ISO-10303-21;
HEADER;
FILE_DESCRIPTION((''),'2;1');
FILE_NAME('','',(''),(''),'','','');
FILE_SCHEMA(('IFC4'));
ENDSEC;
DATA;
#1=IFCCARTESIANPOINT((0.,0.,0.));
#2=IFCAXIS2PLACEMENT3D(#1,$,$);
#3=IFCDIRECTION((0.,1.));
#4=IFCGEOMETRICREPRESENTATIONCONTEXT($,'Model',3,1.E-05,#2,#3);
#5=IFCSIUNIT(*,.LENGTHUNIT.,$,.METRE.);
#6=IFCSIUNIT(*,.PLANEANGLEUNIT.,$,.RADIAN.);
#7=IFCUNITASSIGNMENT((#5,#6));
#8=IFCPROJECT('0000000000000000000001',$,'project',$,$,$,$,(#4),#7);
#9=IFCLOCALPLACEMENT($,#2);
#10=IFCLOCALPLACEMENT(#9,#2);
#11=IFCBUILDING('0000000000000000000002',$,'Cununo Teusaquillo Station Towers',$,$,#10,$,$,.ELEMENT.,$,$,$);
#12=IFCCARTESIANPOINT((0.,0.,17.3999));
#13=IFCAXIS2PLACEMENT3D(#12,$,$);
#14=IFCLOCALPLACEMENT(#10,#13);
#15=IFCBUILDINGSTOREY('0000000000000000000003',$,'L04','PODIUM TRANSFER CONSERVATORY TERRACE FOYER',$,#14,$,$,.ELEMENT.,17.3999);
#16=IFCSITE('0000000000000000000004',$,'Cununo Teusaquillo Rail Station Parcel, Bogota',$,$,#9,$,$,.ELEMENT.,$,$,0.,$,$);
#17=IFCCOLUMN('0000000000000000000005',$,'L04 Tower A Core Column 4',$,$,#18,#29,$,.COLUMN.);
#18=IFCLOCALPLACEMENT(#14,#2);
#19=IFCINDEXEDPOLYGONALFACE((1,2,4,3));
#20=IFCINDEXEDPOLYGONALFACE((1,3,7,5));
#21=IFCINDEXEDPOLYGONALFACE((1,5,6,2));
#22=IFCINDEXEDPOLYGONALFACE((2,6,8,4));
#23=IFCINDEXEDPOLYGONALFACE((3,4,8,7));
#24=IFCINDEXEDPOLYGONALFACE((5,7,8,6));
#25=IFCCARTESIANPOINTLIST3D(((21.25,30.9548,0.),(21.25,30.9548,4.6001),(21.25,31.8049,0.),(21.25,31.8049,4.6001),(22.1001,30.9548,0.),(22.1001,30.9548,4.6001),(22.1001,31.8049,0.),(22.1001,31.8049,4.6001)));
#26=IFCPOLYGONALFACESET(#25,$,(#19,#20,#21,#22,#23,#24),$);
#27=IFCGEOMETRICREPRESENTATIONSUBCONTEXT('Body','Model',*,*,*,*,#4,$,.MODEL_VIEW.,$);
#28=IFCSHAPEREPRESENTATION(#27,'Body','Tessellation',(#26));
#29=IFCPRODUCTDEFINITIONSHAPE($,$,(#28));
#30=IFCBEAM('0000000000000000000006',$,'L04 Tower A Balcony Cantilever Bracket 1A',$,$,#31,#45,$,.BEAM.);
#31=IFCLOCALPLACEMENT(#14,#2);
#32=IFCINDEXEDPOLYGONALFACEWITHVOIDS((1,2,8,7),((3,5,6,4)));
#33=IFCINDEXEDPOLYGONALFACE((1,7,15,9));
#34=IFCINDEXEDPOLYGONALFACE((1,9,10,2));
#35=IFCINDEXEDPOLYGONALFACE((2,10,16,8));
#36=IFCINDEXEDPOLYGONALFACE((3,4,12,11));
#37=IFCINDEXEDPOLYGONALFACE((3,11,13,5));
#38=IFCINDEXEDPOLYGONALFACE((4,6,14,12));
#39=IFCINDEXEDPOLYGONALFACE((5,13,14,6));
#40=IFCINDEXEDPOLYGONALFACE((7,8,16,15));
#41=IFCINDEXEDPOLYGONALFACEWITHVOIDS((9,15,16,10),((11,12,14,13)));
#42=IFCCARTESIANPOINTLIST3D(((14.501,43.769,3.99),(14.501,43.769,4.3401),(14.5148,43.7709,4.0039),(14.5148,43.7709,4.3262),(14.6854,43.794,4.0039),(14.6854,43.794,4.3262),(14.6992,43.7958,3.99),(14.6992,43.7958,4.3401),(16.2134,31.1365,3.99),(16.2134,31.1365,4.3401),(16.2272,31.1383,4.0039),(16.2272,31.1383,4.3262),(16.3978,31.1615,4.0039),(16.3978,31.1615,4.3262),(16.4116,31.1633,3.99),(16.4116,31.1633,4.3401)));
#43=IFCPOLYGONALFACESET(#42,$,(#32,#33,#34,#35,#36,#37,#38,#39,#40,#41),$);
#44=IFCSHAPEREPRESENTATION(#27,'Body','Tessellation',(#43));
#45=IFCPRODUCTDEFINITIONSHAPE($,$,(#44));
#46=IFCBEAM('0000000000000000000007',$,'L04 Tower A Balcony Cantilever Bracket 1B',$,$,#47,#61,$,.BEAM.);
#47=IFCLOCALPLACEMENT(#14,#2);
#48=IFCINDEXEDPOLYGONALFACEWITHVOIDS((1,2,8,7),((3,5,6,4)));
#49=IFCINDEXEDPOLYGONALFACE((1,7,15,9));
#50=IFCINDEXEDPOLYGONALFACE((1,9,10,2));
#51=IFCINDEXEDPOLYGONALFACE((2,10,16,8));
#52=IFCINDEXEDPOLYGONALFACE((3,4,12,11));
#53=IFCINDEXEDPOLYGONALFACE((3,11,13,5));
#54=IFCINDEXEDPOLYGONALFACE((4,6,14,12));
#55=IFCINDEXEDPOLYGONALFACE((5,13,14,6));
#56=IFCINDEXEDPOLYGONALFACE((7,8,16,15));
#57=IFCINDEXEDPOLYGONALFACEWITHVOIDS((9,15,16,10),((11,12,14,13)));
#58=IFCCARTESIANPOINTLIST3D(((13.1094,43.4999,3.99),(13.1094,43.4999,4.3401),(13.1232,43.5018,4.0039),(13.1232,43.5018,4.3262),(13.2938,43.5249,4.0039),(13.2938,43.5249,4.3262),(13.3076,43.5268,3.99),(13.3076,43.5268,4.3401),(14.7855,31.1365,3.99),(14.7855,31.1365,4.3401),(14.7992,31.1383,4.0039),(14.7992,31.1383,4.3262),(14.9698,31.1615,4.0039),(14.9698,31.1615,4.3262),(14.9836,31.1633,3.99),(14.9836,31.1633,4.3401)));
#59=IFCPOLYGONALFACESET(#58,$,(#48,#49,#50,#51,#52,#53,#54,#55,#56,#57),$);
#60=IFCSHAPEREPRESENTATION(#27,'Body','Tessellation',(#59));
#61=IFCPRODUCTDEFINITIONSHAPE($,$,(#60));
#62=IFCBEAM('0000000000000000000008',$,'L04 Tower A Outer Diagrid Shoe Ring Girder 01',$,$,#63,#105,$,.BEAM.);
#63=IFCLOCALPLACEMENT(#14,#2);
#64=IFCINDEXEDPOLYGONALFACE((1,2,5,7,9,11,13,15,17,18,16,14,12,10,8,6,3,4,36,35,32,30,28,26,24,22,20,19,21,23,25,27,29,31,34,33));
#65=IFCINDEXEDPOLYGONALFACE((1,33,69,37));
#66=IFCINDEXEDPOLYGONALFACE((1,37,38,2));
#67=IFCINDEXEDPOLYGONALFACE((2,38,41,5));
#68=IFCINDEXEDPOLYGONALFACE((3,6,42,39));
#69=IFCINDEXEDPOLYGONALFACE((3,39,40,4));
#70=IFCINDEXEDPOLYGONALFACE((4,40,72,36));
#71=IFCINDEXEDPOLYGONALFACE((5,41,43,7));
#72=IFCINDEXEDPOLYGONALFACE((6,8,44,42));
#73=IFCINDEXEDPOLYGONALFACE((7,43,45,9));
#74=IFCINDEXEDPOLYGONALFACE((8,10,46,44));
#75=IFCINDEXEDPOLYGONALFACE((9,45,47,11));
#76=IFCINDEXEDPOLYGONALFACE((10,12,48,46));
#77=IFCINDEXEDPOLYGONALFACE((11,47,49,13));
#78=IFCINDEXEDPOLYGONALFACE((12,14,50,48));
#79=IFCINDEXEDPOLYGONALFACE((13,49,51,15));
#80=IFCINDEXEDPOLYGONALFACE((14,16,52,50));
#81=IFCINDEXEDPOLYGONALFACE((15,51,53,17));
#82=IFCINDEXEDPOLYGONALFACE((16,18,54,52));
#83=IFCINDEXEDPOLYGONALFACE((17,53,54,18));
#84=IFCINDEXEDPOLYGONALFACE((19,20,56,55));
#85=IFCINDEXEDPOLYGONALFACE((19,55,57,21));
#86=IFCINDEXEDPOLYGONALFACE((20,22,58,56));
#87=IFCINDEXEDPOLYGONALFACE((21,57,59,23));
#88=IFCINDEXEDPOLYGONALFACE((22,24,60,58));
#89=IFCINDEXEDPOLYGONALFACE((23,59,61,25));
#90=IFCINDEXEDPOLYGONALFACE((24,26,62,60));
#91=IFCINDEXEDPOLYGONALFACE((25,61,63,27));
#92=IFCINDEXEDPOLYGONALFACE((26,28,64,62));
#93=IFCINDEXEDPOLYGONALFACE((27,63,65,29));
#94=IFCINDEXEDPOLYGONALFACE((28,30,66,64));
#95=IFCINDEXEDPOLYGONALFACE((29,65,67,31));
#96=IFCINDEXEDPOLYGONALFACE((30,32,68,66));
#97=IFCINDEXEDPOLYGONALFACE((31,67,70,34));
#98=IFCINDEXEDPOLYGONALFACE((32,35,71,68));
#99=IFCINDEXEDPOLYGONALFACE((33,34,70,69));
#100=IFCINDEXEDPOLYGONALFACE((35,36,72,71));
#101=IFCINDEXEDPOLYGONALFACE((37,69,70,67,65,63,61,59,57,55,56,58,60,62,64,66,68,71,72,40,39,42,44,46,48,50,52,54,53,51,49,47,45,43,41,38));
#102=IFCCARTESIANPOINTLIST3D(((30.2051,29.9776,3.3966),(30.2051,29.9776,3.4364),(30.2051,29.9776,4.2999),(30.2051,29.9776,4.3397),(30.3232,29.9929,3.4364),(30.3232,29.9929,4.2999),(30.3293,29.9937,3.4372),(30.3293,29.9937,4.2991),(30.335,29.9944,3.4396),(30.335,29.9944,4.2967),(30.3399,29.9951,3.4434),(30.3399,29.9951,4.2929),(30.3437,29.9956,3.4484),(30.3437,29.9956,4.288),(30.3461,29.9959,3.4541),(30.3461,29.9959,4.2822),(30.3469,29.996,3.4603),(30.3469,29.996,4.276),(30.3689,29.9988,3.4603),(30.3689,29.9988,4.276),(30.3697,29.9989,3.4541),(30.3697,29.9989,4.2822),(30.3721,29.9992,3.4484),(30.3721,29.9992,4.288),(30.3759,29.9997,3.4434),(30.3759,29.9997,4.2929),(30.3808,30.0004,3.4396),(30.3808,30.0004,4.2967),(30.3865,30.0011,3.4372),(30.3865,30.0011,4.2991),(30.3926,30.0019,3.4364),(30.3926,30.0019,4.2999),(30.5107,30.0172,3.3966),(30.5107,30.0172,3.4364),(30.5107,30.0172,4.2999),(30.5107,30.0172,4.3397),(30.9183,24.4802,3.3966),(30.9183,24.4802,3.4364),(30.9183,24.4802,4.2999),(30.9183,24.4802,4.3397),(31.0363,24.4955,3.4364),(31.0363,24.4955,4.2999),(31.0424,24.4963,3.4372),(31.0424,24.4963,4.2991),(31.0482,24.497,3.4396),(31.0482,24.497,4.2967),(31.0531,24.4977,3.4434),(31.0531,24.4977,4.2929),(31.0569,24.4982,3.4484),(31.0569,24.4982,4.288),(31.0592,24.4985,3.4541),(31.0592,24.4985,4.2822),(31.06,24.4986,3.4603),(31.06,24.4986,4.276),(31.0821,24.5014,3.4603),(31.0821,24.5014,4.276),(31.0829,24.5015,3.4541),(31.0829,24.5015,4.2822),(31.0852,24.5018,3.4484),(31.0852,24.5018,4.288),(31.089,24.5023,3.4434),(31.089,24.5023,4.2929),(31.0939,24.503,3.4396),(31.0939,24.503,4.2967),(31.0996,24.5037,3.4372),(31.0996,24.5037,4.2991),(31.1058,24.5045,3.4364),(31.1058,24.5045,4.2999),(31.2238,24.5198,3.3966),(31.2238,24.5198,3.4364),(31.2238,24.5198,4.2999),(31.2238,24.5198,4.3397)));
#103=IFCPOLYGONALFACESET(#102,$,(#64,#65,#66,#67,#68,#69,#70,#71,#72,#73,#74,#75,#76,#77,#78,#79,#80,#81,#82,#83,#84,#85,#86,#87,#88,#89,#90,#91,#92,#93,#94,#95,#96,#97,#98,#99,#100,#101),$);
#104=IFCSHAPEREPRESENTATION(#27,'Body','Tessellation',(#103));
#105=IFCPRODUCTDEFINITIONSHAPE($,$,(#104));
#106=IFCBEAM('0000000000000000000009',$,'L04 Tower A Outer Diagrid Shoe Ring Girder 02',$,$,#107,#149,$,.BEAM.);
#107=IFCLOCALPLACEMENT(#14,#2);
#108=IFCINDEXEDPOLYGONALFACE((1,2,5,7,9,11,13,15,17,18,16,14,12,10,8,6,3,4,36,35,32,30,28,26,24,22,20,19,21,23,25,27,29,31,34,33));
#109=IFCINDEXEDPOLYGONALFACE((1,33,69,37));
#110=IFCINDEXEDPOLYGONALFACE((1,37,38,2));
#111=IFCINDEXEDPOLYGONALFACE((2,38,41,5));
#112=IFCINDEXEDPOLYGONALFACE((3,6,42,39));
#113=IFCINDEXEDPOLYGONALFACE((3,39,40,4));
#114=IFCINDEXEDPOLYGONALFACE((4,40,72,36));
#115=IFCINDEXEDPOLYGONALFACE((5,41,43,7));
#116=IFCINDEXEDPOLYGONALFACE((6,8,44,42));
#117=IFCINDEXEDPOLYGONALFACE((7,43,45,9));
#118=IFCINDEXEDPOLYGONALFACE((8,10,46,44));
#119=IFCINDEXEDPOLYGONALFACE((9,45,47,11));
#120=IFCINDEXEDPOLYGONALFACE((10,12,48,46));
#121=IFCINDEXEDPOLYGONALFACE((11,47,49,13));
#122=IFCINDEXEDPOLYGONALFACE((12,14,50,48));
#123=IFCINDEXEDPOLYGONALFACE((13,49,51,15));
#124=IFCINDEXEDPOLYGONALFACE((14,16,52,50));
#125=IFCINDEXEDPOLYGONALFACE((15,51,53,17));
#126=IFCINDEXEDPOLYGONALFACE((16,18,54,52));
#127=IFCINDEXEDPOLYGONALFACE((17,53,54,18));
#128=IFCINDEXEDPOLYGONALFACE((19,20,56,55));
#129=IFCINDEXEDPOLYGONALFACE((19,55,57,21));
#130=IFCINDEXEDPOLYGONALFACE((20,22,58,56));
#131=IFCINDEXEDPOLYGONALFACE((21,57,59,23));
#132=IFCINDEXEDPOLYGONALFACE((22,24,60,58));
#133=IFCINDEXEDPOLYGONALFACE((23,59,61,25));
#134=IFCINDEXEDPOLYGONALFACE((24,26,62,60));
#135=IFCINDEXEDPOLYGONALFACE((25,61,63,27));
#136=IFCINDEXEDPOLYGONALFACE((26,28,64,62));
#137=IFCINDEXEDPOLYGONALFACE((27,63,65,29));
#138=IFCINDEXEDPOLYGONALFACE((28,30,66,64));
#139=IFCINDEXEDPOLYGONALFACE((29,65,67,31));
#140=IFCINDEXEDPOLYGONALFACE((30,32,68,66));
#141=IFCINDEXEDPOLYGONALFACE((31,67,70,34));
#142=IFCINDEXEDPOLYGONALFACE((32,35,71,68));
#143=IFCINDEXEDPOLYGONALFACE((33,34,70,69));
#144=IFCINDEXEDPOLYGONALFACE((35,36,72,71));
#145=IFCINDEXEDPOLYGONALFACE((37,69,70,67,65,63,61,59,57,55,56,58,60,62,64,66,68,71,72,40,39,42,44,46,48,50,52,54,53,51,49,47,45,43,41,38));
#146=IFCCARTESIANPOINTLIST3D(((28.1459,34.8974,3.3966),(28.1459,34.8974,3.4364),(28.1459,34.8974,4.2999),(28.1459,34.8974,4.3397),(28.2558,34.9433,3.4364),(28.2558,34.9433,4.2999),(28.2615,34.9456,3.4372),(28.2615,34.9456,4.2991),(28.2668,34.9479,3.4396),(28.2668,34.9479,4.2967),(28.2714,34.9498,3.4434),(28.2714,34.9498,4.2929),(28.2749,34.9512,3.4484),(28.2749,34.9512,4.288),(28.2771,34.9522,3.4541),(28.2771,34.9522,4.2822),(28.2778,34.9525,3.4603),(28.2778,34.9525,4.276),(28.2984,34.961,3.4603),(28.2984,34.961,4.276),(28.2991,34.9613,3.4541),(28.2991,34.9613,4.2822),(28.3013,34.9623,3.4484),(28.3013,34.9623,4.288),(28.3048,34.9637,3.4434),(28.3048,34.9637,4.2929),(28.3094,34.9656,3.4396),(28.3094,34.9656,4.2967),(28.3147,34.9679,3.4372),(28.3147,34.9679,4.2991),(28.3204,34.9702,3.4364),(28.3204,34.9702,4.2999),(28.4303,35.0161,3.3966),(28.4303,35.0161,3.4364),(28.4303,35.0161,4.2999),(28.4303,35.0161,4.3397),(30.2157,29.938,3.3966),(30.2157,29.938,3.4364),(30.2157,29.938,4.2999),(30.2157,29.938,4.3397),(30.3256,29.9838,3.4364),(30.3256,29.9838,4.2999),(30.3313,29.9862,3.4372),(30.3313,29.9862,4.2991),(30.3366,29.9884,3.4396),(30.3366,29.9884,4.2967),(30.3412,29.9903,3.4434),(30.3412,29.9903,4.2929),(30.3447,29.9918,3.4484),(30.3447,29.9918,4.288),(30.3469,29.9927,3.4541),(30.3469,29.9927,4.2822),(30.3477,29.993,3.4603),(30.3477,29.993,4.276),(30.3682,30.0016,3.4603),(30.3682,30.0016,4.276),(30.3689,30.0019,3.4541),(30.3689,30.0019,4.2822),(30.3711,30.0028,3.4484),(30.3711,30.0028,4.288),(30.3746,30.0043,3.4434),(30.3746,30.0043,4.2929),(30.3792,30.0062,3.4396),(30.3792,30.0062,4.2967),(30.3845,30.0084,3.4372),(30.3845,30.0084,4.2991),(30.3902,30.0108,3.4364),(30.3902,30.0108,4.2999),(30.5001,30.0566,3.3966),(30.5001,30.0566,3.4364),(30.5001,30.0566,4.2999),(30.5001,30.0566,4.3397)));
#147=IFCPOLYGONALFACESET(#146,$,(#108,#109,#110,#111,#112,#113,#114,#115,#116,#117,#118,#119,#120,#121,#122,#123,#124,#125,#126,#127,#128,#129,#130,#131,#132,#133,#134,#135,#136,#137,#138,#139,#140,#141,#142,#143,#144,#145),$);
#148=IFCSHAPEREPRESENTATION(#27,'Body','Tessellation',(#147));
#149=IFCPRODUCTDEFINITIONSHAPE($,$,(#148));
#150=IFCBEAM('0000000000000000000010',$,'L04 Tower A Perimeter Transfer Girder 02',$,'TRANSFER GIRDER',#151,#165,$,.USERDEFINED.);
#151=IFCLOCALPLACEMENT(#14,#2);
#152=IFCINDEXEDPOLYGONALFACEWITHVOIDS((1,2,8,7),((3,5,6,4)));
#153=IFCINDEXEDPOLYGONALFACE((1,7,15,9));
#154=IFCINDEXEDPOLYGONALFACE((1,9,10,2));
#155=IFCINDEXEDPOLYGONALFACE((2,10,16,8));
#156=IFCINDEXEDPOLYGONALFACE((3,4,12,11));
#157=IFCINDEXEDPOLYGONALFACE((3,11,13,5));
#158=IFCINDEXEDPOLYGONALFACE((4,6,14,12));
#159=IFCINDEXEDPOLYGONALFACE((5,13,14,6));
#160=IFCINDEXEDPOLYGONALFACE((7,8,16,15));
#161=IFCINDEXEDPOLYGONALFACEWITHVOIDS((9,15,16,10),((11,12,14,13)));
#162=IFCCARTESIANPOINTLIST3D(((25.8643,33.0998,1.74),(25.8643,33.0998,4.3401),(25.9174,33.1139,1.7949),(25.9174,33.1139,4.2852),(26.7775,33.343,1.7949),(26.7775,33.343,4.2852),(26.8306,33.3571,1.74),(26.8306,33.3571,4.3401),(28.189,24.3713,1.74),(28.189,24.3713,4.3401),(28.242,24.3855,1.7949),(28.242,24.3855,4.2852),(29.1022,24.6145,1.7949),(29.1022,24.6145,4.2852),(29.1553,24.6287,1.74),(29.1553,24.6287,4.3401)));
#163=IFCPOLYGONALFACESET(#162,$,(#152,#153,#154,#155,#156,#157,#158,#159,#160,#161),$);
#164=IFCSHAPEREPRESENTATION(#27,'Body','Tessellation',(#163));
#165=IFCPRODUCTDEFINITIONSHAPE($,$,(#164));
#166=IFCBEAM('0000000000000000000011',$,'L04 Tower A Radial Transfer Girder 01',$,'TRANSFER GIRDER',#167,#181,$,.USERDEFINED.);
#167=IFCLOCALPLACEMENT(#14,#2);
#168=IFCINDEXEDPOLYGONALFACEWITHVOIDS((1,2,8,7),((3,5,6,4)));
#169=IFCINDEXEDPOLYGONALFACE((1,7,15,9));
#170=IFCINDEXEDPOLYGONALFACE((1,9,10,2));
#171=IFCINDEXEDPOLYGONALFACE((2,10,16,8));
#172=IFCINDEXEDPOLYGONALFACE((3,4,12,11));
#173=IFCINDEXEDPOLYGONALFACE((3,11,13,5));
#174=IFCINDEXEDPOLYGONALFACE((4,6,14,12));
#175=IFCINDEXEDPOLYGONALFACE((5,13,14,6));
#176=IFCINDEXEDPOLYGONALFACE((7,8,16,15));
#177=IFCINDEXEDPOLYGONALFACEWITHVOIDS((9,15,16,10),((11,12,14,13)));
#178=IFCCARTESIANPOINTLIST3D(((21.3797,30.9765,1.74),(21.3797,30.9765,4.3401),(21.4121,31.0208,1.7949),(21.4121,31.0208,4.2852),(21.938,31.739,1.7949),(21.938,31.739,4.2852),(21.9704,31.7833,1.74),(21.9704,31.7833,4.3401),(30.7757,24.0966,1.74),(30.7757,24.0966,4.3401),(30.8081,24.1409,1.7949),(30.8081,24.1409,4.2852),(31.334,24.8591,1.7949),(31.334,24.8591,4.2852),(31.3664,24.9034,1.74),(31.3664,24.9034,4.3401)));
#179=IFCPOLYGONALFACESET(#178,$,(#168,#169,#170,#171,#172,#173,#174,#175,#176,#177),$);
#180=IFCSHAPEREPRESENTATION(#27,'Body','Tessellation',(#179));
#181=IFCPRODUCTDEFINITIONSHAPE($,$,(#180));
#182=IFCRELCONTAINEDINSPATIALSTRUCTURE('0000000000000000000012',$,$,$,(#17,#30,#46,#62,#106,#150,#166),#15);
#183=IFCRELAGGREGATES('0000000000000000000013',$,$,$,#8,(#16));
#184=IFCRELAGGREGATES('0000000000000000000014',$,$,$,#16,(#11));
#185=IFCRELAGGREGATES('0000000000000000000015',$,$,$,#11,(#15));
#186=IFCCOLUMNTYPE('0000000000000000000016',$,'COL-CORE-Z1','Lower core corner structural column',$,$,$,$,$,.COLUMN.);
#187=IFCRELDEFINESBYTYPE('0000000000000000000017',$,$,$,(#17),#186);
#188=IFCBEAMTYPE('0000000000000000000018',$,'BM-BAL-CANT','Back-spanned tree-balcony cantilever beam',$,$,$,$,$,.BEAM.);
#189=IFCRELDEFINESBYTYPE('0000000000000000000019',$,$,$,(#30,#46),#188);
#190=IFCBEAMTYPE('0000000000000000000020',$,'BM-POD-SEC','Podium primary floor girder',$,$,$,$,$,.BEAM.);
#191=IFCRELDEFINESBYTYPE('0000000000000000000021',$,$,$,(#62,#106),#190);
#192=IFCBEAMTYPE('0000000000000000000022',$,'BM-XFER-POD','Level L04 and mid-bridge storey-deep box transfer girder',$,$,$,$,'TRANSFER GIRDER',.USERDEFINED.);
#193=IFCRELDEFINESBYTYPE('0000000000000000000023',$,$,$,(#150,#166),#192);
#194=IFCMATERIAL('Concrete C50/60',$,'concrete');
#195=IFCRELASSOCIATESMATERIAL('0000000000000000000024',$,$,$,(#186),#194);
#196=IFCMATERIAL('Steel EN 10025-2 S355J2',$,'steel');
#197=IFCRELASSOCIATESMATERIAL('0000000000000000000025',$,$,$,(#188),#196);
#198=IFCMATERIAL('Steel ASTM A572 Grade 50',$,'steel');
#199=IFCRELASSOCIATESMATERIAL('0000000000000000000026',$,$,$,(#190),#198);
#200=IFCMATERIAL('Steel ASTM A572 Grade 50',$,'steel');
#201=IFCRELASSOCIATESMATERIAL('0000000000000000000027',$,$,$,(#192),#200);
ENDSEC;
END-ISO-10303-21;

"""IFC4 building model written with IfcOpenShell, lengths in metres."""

from ifc_helpers import new_model, si_unit, direction, frame, origin, origin_2d, place, context, subcontext, project, spatial, rectangle, hollow_rectangle, i_section, extrude, material, material_profile, profile_set, type_object, element, save


model = new_model("IFC4")

# Units and contexts
model_context = context("Model", 3, precision=1e-05, world=origin(), true_north=direction((0.0, 1.0)))
body_context = subcontext(model_context, "Body", "Model", "MODEL_VIEW")
ifc_project = project(units=[si_unit("LENGTHUNIT", "METRE"), si_unit("PLANEANGLEUNIT", "RADIAN")], contexts=[model_context])

# Site, building, storey
site_placement = place(None, origin())
site = spatial("IfcSite", under=ifc_project, at=site_placement, Name="Cununo Teusaquillo Rail Station Parcel, Bogota", CompositionType="ELEMENT", RefElevation=0.0)
building_placement = place(site_placement, origin())
building = spatial("IfcBuilding", under=site, at=building_placement, Name="Cununo Teusaquillo Station Towers", CompositionType="ELEMENT")
storey_placement = place(building_placement, frame((0.0, 0.0, 17.3999)))
storey = spatial("IfcBuildingStorey", under=building, at=storey_placement, Name="L04", Description="PODIUM TRANSFER CONSERVATORY TERRACE FOYER", CompositionType="ELEMENT", Elevation=17.3999)

# Column
ifc_material_1 = material(Name="Concrete C50/60", Category="concrete")
ifc_material_profile_1 = material_profile(ifc_material_1, rectangle(XDim=0.8501, YDim=0.8501, at=origin_2d()), Name="RC-RECT-850x850")
ifc_profile_set_1 = profile_set([ifc_material_profile_1], Name="Concrete C50/60")
column_type = type_object("IfcColumnType", Name="COL-CORE-Z1", Description="Lower core corner structural column", PredefinedType="COLUMN", material=ifc_profile_set_1)
column_placement = place(storey_placement, frame((21.675, 31.3799, 0.0), z_axis=(0.0, 0.0, 1.0), x_axis=(1.0, 0.0, 0.0)))
element("IfcColumn", 1, at=column_placement, inside=storey, type_object=column_type, Name="L04 Tower A Core Column 4", PredefinedType="COLUMN", context=body_context, shape_type="SweptSolid", body=[
    extrude(rectangle(XDim=0.8501, YDim=0.8501, at=origin_2d()), origin(), (0.0, 0.0, 1.0), 4.6001),
])

# Beams
ifc_material_2 = material(Name="Steel EN 10025-2 S355J2", Category="steel")
ifc_material_profile_2 = material_profile(ifc_material_2, hollow_rectangle(XDim=0.2, YDim=0.3501, WallThickness=0.0139, at=origin_2d()), Name="RHS 350x200x14")
ifc_profile_set_2 = profile_set([ifc_material_profile_2], Name="Steel EN 10025-2 S355J2")
beam_type_1 = type_object("IfcBeamType", Name="BM-BAL-CANT", Description="Back-spanned tree-balcony cantilever beam", PredefinedType="BEAM", material=ifc_profile_set_2)
beam_1_placement = place(storey_placement, frame((16.3125, 31.1499, 4.165), z_axis=(-0.134326, 0.990937, 0.0), x_axis=(-0.990937, -0.134326, 0.0)))
element("IfcBeam", 2, at=beam_1_placement, inside=storey, type_object=beam_type_1, Name="L04 Tower A Balcony Cantilever Bracket 1A", PredefinedType="BEAM", context=body_context, shape_type="SweptSolid", body=[
    extrude(hollow_rectangle(XDim=0.2, YDim=0.3501, WallThickness=0.0139, at=origin_2d()), origin(), (0.0, 0.0, 1.0), 12.748),
])
beam_2_placement = place(storey_placement, frame((14.8845, 31.1499, 4.165), z_axis=(-0.134333, 0.990936, 0.0), x_axis=(-0.990936, -0.134333, 0.0)))
element("IfcBeam", 3, at=beam_2_placement, inside=storey, type_object=beam_type_1, Name="L04 Tower A Balcony Cantilever Bracket 1B", PredefinedType="BEAM", context=body_context, shape_type="SweptSolid", body=[
    extrude(hollow_rectangle(XDim=0.2, YDim=0.3501, WallThickness=0.0139, at=origin_2d()), origin(), (0.0, 0.0, 1.0), 12.4766),
])
ifc_material_3 = material(Name="Steel ASTM A572 Grade 50", Category="steel")
ifc_material_profile_3 = material_profile(ifc_material_3, i_section(OverallWidth=0.3081, OverallDepth=0.9431, WebThickness=0.0222, FlangeThickness=0.0398, FilletRadius=0.0239, at=origin_2d()), Name="W36X232")
ifc_profile_set_3 = profile_set([ifc_material_profile_3], Name="Steel ASTM A572 Grade 50")
beam_type_2 = type_object("IfcBeamType", Name="BM-POD-SEC", Description="Podium primary floor girder", PredefinedType="BEAM", material=ifc_profile_set_3)
beam_3_placement = place(storey_placement, frame((31.071, 24.5, 3.8682), z_axis=(-0.128646, 0.991691, 0.0), x_axis=(-0.991691, -0.128646, 0.0)))
element("IfcBeam", 4, at=beam_3_placement, inside=storey, type_object=beam_type_2, Name="L04 Tower A Outer Diagrid Shoe Ring Girder 01", PredefinedType="BEAM", context=body_context, shape_type="SweptSolid", body=[
    extrude(i_section(OverallWidth=0.3081, OverallDepth=0.9431, WebThickness=0.0222, FlangeThickness=0.0398, FilletRadius=0.0239, at=origin_2d()), origin(), (0.0, 0.0, 1.0), 5.5435),
])
beam_4_placement = place(storey_placement, frame((30.3579, 29.9973, 3.8682), z_axis=(-0.385151, 0.922854, 0.0), x_axis=(-0.922854, -0.385151, 0.0)))
element("IfcBeam", 5, at=beam_4_placement, inside=storey, type_object=beam_type_2, Name="L04 Tower A Outer Diagrid Shoe Ring Girder 02", PredefinedType="BEAM", context=body_context, shape_type="SweptSolid", body=[
    extrude(i_section(OverallWidth=0.3081, OverallDepth=0.9431, WebThickness=0.0222, FlangeThickness=0.0398, FilletRadius=0.0239, at=origin_2d()), origin(), (0.0, 0.0, 1.0), 5.374),
])
ifc_material_4 = material(Name="Steel ASTM A572 Grade 50", Category="steel")
ifc_material_profile_4 = material_profile(ifc_material_4, hollow_rectangle(XDim=1.0, YDim=2.6001, WallThickness=0.0549, at=origin_2d()), Name="BOX 2600x1000x55")
ifc_profile_set_4 = profile_set([ifc_material_profile_4], Name="Steel ASTM A572 Grade 50")
beam_type_3 = type_object("IfcBeamType", Name="BM-XFER-POD", Description="Level L04 and mid-bridge storey-deep box transfer girder", ElementType="TRANSFER GIRDER", PredefinedType="USERDEFINED", material=ifc_profile_set_4)
beam_5_placement = place(storey_placement, frame((28.6721, 24.5, 3.04), z_axis=(-0.257363, 0.966315, 0.0), x_axis=(-0.966315, -0.257363, 0.0)))
element("IfcBeam", 6, at=beam_5_placement, inside=storey, type_object=beam_type_3, Name="L04 Tower A Perimeter Transfer Girder 02", ObjectType="TRANSFER GIRDER", PredefinedType="USERDEFINED", context=body_context, shape_type="SweptSolid", body=[
    extrude(hollow_rectangle(XDim=1.0, YDim=2.6001, WallThickness=0.0549, at=origin_2d()), origin(), (0.0, 0.0, 1.0), 9.0327),
])
beam_6_placement = place(storey_placement, frame((21.675, 31.3799, 3.04), z_axis=(0.806835, -0.590776, 0.0), x_axis=(0.590776, 0.806835, 0.0)))
element("IfcBeam", 7, at=beam_6_placement, inside=storey, type_object=beam_type_3, Name="L04 Tower A Radial Transfer Girder 01", ObjectType="TRANSFER GIRDER", PredefinedType="USERDEFINED", context=body_context, shape_type="SweptSolid", body=[
    extrude(hollow_rectangle(XDim=1.0, YDim=2.6001, WallThickness=0.0549, at=origin_2d()), origin(), (0.0, 0.0, 1.0), 11.6455),
])

save(model, "model.ifc")
